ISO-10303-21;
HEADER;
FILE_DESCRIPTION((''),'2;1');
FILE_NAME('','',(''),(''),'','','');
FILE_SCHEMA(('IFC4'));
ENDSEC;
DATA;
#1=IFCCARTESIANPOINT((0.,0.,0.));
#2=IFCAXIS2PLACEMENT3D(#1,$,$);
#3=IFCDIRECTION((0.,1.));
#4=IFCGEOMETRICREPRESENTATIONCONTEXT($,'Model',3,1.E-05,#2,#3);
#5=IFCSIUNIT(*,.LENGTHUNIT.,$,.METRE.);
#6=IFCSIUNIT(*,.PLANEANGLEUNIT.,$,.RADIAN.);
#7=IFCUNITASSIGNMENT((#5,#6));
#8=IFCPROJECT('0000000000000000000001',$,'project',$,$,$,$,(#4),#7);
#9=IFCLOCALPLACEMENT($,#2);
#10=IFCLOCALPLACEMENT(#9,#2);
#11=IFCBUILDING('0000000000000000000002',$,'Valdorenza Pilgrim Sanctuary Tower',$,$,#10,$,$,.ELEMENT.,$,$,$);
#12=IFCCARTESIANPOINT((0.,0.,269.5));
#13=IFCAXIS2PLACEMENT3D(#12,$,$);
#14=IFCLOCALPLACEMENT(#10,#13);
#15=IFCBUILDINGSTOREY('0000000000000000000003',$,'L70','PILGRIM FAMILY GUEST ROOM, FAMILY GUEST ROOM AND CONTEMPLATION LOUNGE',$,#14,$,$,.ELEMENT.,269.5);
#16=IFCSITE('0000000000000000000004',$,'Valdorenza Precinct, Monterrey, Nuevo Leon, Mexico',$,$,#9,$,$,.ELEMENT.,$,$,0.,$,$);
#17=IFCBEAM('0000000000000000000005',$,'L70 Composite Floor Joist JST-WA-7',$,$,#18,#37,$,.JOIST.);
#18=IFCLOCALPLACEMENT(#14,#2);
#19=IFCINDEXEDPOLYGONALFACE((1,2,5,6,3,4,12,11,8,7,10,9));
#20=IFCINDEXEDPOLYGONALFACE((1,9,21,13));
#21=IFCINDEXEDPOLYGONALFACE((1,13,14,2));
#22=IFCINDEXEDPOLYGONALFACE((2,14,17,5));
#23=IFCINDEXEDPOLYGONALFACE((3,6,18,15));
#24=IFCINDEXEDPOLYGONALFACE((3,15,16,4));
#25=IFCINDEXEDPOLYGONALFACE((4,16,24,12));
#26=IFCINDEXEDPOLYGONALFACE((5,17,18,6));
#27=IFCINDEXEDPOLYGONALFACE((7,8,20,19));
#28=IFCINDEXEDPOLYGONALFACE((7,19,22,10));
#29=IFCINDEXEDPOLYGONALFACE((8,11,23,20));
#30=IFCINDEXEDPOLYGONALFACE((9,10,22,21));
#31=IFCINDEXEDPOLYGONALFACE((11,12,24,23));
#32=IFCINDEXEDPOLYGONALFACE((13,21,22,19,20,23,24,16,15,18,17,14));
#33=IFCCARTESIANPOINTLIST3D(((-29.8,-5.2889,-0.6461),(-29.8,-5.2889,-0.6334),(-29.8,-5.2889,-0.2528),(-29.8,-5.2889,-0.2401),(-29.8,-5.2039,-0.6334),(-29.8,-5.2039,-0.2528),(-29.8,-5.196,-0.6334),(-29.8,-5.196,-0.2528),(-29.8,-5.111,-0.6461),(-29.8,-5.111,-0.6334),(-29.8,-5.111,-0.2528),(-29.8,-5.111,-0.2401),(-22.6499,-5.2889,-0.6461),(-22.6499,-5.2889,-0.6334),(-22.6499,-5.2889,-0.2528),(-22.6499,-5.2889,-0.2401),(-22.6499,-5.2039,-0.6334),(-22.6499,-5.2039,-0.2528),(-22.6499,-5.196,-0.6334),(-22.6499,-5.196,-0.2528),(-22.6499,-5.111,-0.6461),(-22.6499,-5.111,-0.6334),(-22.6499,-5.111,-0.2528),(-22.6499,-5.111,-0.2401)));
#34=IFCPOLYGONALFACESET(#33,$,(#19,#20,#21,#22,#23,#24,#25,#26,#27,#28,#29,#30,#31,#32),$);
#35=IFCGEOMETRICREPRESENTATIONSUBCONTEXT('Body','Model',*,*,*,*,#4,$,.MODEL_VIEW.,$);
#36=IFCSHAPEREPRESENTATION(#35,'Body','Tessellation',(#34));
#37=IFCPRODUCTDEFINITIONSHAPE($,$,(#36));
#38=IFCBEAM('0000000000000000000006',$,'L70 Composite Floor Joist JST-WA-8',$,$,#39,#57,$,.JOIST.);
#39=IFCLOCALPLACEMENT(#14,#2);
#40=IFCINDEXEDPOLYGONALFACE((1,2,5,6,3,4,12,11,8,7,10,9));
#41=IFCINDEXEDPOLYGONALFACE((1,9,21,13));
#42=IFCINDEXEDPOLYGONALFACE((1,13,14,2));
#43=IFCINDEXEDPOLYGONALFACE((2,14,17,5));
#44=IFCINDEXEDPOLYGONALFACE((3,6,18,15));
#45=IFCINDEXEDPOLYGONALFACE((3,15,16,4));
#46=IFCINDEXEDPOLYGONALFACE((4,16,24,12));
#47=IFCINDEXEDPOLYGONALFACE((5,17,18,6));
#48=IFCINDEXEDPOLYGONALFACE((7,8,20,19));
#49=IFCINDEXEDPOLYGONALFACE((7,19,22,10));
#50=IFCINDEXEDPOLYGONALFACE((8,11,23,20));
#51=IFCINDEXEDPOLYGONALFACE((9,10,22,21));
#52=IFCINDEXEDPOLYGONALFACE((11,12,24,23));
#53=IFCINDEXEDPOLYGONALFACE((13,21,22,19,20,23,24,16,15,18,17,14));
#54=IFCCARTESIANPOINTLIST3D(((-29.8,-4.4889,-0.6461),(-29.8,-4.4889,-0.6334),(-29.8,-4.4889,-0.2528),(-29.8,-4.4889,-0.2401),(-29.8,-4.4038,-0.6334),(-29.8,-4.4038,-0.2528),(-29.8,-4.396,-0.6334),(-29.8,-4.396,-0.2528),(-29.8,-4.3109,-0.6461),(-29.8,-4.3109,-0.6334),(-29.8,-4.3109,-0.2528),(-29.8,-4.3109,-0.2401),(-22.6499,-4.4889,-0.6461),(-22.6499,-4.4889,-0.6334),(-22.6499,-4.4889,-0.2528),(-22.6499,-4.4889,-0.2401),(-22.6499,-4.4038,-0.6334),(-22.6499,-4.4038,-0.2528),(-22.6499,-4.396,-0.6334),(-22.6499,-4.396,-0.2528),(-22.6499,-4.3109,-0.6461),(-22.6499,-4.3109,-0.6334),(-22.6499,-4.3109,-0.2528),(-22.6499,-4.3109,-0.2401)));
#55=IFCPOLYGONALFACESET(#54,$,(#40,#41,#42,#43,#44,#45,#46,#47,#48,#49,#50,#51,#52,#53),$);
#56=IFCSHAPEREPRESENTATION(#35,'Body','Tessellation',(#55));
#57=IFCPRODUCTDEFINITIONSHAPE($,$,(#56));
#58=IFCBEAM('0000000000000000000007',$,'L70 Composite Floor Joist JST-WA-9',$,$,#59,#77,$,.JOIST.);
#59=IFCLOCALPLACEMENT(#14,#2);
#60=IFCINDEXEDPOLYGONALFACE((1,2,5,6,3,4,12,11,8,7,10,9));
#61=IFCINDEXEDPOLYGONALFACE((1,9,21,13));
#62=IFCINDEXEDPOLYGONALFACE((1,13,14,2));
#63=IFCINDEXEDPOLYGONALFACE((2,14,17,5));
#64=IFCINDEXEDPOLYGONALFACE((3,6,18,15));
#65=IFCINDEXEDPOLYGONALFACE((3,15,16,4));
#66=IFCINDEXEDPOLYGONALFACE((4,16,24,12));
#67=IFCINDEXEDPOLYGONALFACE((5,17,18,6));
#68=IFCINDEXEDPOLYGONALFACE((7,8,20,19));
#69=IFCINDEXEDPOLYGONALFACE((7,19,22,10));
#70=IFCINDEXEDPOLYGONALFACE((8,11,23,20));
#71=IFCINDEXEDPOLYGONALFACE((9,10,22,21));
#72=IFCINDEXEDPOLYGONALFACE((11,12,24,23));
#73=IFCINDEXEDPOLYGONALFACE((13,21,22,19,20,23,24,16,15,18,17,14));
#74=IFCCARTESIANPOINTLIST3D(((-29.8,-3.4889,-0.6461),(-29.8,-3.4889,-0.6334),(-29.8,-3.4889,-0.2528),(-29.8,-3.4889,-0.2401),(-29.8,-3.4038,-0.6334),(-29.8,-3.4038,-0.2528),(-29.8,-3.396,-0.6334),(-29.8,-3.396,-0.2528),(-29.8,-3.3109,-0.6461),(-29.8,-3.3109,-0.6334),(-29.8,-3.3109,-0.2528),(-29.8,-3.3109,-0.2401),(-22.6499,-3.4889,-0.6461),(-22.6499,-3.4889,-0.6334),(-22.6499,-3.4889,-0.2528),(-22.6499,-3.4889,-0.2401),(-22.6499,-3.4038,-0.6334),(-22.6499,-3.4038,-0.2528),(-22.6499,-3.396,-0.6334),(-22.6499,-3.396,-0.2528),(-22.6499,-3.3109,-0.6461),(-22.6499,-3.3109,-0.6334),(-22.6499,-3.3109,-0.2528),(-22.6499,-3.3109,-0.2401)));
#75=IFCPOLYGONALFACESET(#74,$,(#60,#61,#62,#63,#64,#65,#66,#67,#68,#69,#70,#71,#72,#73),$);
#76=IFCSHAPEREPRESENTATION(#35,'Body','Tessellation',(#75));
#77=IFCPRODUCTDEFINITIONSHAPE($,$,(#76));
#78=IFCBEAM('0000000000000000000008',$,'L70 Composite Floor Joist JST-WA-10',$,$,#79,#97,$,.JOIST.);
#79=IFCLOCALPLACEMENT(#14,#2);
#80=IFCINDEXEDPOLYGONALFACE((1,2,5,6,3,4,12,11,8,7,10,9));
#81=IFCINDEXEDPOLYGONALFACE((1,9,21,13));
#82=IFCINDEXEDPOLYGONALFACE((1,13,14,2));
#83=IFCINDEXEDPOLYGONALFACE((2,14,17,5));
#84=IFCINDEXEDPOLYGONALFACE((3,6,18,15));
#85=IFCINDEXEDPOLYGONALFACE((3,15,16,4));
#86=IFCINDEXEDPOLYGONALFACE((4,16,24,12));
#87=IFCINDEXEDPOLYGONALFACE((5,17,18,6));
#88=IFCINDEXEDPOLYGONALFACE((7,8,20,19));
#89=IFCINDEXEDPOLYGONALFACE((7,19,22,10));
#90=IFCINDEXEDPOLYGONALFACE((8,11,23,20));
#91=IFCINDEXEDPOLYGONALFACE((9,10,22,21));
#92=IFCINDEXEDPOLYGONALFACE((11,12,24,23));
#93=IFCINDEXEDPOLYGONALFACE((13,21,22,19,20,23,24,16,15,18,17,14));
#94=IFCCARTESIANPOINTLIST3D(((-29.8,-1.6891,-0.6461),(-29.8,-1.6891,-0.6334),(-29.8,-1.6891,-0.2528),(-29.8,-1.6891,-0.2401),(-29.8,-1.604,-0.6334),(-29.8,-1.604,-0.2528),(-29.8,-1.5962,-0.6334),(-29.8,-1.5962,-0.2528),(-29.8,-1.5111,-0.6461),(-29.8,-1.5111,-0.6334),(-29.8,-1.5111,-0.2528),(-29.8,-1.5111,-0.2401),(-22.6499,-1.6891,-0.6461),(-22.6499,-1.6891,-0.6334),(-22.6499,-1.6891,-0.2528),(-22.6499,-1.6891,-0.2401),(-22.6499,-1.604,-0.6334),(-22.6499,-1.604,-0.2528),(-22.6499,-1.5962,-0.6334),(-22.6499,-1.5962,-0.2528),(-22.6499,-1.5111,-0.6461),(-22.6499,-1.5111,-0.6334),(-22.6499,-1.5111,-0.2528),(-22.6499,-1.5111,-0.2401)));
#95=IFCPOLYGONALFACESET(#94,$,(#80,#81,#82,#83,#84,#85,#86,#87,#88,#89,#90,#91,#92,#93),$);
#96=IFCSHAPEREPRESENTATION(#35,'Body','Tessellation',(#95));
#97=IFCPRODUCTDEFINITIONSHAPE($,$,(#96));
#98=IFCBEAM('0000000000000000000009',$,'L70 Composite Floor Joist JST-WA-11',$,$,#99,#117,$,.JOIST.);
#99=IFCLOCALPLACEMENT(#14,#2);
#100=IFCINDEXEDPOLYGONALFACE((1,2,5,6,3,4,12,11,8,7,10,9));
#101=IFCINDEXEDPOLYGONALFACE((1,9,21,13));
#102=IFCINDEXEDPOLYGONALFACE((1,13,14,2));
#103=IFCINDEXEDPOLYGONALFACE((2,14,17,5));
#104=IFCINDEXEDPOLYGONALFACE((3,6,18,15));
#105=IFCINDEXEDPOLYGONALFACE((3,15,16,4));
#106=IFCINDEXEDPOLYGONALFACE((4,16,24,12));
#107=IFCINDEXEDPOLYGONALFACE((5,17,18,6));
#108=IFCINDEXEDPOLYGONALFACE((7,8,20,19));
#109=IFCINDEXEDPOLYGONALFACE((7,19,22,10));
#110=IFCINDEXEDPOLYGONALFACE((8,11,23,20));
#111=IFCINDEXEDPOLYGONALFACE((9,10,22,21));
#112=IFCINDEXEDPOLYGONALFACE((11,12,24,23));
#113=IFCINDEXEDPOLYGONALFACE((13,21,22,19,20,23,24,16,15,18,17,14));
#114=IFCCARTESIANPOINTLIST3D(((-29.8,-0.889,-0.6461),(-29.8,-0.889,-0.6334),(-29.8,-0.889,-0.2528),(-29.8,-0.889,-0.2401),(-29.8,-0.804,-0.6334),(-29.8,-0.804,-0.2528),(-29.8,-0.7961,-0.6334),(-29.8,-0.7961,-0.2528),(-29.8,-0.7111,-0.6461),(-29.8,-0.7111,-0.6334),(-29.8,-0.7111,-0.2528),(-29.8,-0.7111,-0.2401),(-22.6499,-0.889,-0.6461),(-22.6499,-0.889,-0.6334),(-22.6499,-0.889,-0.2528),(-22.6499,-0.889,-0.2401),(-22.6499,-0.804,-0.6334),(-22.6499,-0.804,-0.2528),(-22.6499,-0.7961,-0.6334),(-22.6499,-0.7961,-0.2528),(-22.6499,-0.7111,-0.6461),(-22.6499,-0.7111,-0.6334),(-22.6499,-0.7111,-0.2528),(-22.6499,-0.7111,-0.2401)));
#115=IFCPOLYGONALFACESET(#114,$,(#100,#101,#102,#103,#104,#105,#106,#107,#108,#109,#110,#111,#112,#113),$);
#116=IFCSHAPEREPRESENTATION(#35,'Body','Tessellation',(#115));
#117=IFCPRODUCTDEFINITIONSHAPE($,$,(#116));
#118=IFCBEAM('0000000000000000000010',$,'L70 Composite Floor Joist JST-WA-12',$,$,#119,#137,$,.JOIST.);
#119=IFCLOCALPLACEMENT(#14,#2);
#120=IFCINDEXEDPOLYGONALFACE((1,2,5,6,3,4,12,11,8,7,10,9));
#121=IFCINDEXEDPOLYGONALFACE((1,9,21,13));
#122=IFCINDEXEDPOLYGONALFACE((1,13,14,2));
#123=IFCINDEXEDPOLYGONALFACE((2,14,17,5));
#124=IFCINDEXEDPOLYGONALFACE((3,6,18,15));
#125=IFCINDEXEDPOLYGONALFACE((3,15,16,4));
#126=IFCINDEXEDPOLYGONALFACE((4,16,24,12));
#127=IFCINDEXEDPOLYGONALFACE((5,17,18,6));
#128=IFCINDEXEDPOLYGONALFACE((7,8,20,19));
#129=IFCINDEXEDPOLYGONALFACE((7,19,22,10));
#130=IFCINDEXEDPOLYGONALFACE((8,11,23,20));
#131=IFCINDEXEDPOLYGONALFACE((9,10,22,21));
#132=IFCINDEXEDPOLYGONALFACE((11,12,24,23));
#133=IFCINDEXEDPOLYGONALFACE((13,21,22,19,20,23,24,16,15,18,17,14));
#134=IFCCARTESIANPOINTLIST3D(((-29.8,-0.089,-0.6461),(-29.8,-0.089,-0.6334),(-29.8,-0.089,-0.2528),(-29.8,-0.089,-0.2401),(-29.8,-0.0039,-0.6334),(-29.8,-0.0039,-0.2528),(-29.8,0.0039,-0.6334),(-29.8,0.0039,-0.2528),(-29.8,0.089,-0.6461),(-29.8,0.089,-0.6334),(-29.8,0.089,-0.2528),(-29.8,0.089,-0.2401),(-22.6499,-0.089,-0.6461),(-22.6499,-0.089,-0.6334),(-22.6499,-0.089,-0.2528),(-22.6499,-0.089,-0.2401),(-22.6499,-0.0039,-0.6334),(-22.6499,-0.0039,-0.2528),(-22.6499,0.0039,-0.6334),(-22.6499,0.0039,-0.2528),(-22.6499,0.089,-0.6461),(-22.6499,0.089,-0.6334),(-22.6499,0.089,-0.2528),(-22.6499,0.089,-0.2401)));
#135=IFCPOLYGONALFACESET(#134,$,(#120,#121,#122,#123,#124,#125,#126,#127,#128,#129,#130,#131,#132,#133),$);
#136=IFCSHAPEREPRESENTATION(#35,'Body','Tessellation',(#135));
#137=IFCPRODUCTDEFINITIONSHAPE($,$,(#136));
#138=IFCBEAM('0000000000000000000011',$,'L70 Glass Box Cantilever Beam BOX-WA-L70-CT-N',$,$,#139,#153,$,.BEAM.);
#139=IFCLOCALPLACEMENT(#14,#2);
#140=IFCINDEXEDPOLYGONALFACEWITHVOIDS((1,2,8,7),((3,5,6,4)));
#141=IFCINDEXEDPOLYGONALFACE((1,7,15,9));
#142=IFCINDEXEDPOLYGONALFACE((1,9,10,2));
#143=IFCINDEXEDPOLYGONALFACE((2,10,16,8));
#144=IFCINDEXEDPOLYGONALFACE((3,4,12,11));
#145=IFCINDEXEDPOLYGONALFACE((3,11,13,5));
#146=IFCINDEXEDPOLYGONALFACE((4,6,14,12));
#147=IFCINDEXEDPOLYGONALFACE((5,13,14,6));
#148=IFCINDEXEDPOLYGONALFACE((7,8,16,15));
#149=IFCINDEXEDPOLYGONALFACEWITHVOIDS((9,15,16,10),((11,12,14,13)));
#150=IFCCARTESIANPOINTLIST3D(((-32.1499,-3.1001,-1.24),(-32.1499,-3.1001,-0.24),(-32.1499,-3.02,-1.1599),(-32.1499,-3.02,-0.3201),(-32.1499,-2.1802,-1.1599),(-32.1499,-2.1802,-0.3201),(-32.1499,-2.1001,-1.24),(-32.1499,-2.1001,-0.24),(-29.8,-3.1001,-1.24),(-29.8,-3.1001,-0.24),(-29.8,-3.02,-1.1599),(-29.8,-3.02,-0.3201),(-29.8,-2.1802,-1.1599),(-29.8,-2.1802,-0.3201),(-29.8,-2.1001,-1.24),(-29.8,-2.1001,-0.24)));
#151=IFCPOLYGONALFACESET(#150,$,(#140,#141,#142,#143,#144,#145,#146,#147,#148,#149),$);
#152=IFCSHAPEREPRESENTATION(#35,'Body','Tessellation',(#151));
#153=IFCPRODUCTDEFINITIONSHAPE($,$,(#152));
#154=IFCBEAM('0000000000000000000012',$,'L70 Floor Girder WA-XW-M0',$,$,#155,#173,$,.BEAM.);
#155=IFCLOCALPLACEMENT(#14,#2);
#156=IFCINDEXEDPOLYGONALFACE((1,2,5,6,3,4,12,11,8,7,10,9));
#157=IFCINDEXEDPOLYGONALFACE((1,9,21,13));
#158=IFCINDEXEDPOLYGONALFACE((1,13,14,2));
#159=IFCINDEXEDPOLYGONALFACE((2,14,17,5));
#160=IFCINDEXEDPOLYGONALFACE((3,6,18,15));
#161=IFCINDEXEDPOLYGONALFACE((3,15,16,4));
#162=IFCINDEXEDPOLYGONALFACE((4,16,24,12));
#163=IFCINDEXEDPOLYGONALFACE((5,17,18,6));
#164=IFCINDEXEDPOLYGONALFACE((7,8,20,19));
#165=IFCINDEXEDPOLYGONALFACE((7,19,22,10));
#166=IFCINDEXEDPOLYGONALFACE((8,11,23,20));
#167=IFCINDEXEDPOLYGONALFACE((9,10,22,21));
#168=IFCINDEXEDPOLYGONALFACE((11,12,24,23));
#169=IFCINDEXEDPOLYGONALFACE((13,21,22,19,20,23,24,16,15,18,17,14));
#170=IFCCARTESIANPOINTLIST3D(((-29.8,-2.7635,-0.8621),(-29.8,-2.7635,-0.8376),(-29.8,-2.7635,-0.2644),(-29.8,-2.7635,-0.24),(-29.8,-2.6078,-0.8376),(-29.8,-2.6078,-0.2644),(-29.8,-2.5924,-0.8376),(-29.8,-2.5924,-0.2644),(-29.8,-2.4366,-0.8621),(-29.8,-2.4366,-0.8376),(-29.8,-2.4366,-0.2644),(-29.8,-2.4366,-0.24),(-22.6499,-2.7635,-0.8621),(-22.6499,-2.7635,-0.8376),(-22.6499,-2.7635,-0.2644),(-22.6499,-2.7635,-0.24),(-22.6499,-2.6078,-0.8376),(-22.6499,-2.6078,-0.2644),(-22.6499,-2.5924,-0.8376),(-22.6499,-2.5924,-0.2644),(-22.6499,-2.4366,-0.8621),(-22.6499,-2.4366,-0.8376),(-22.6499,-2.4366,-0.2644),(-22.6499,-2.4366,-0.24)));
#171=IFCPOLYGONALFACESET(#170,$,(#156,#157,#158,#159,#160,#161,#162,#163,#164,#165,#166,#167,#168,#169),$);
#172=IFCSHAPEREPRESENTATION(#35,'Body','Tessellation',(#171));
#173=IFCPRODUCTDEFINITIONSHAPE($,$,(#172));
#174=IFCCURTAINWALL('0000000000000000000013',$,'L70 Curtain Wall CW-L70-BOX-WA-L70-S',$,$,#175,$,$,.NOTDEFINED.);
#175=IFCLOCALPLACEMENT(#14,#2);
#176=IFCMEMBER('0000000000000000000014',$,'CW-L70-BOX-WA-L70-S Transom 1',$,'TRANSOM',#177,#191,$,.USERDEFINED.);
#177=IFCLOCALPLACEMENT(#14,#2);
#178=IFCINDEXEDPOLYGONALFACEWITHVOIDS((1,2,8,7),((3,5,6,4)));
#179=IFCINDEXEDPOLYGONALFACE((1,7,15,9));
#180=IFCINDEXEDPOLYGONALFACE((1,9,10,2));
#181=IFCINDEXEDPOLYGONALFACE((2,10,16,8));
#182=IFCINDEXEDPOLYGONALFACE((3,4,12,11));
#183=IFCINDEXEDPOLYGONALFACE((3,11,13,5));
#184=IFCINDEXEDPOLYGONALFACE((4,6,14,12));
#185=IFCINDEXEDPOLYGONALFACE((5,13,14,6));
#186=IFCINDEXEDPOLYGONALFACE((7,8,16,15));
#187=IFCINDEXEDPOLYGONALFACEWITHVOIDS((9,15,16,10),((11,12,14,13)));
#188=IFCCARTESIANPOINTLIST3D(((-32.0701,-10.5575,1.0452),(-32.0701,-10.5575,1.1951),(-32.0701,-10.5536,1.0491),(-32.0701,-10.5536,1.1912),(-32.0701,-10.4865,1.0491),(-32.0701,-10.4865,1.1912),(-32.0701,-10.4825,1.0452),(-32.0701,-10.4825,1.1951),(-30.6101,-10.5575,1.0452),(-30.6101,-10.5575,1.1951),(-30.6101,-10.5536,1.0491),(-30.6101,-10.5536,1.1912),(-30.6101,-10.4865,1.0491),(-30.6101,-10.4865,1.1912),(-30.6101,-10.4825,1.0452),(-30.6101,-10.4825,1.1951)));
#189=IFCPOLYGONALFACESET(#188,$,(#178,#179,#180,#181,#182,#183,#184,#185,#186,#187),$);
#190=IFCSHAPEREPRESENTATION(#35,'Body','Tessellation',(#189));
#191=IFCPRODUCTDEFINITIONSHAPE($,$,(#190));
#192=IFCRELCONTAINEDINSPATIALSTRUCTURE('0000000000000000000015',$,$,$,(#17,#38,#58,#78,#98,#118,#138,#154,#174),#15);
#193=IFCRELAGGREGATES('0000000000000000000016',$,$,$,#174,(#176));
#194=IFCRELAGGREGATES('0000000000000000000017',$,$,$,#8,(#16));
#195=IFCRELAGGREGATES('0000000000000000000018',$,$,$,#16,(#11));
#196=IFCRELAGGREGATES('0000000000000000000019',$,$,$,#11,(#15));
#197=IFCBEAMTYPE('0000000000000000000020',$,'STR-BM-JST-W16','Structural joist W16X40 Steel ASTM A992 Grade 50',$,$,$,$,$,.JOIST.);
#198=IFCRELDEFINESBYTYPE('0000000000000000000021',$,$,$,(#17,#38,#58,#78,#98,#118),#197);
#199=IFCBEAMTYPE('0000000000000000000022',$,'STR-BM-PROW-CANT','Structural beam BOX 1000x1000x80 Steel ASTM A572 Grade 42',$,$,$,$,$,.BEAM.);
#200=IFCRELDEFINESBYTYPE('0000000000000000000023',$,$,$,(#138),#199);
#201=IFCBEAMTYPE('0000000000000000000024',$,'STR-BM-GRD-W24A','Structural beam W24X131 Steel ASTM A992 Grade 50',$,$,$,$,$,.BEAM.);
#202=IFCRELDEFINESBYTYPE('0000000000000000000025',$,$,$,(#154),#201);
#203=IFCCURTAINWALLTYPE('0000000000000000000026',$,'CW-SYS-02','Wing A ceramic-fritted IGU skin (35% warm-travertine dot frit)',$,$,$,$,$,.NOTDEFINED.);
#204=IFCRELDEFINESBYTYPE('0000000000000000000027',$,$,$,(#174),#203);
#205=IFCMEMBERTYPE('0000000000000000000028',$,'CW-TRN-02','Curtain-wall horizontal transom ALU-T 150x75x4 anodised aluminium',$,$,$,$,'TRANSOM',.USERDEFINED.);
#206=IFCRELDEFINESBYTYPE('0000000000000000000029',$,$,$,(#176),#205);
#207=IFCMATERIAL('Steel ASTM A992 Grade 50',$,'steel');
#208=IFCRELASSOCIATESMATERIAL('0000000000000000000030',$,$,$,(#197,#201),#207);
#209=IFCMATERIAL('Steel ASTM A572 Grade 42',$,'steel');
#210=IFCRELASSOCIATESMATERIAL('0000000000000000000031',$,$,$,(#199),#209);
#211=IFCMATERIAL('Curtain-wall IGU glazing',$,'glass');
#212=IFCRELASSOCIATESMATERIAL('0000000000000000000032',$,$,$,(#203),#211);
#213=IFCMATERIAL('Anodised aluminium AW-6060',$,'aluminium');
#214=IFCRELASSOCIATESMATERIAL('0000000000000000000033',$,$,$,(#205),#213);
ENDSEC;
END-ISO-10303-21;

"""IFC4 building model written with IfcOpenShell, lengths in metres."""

from ifc_helpers import new_model, si_unit, direction, frame, origin, origin_2d, place, context, subcontext, project, spatial, hollow_rectangle, i_section, extrude, source, transform, mapped, material, material_profile, profile_set, type_object, element, aggregate, save


model = new_model("IFC4")

# Units and contexts
model_context = context("Model", 3, precision=1e-05, world=origin(), true_north=direction((0.0, 1.0)))
body_context = subcontext(model_context, "Body", "Model", "MODEL_VIEW")
ifc_project = project(units=[si_unit("LENGTHUNIT", "METRE"), si_unit("PLANEANGLEUNIT", "RADIAN")], contexts=[model_context])

# Site, building, storey
site_placement = place(None, origin())
site = spatial("IfcSite", under=ifc_project, at=site_placement, Name="Valdorenza Precinct, Monterrey, Nuevo Leon, Mexico", CompositionType="ELEMENT", RefElevation=0.0)
building_placement = place(site_placement, origin())
building = spatial("IfcBuilding", under=site, at=building_placement, Name="Valdorenza Pilgrim Sanctuary Tower", CompositionType="ELEMENT")
storey_placement = place(building_placement, frame((0.0, 0.0, 269.5)))
storey = spatial("IfcBuildingStorey", under=building, at=storey_placement, Name="L70", Description="PILGRIM FAMILY GUEST ROOM, FAMILY GUEST ROOM AND CONTEMPLATION LOUNGE", CompositionType="ELEMENT", Elevation=269.5)

# Beams
ifc_material_1 = material(Name="Steel ASTM A992 Grade 50", Category="steel")
ifc_material_profile_1 = material_profile(ifc_material_1, i_section(OverallWidth=0.178, OverallDepth=0.406, WebThickness=0.0078, FlangeThickness=0.0127, at=origin_2d()), Name="W16X40")
ifc_profile_set_1 = profile_set([ifc_material_profile_1], Name="Steel ASTM A992 Grade 50")
beam_type_1 = type_object("IfcBeamType", Name="STR-BM-JST-W16", Description="Structural joist W16X40 Steel ASTM A992 Grade 50", PredefinedType="JOIST", material=ifc_profile_set_1)
shared_shape_1 = source(origin(), body_context, "Body", "SweptSolid", [
    extrude(i_section(OverallWidth=0.178, OverallDepth=0.406, WebThickness=0.0078, FlangeThickness=0.0127, at=origin_2d()), origin(), (0.0, 0.0, 1.0), 7.1501),
])
for number, where, z_axis, x_axis, name in (
    (1, (-29.8, -5.2, -0.4431), (1.0, 0.0, 0.0), (0.0, 1.0, 0.0), "L70 Composite Floor Joist JST-WA-7"),
    (2, (-29.8, -4.3999, -0.4431), (1.0, 0.0, 0.0), (0.0, 1.0, 0.0), "L70 Composite Floor Joist JST-WA-8"),
    (3, (-29.8, -3.3999, -0.4431), (1.0, 0.0, 0.0), (0.0, 1.0, 0.0), "L70 Composite Floor Joist JST-WA-9"),
    (4, (-29.8, -1.6001, -0.4431), (1.0, 0.0, 0.0), (0.0, 1.0, 0.0), "L70 Composite Floor Joist JST-WA-10"),
    (5, (-29.8, -0.8, -0.4431), (1.0, 0.0, 0.0), (0.0, 1.0, 0.0), "L70 Composite Floor Joist JST-WA-11"),
    (6, (-29.8, 0.0, -0.4431), (1.0, 0.0, 0.0), (0.0, 1.0, 0.0), "L70 Composite Floor Joist JST-WA-12"),
):
    element("IfcBeam", number, at=place(storey_placement, frame(where, z_axis=z_axis, x_axis=x_axis)), inside=storey, type_object=beam_type_1, Name=name, PredefinedType="JOIST", context=body_context, shape_type="MappedRepresentation", body=[
        mapped(shared_shape_1, transform((0.0, 0.0, 0.0), x_axis=(1.0, 0.0, 0.0), y_axis=(0.0, 1.0, 0.0), z_axis=(0.0, 0.0, 1.0), scale=1.0)),
    ])
ifc_material_2 = material(Name="Steel ASTM A572 Grade 42", Category="steel")
ifc_material_profile_2 = material_profile(ifc_material_2, hollow_rectangle(XDim=1.0, YDim=1.0, WallThickness=0.0801, at=origin_2d()), Name="BOX 1000x1000x80")
ifc_profile_set_2 = profile_set([ifc_material_profile_2], Name="Steel ASTM A572 Grade 42")
beam_type_2 = type_object("IfcBeamType", Name="STR-BM-PROW-CANT", Description="Structural beam BOX 1000x1000x80 Steel ASTM A572 Grade 42", PredefinedType="BEAM", material=ifc_profile_set_2)
shared_shape_2 = source(origin(), body_context, "Body", "SweptSolid", [
    extrude(hollow_rectangle(XDim=1.0, YDim=1.0, WallThickness=0.0801, at=origin_2d()), origin(), (0.0, 0.0, 1.0), 2.3499),
])
beam_1_placement = place(storey_placement, frame((-29.8, -2.6001, -0.74), z_axis=(-1.0, 0.0, 0.0), x_axis=(0.0, -1.0, 0.0)))
element("IfcBeam", 7, at=beam_1_placement, inside=storey, type_object=beam_type_2, Name="L70 Glass Box Cantilever Beam BOX-WA-L70-CT-N", PredefinedType="BEAM", context=body_context, shape_type="MappedRepresentation", body=[
    mapped(shared_shape_2, transform((0.0, 0.0, 0.0), x_axis=(1.0, 0.0, 0.0), y_axis=(0.0, 1.0, 0.0), z_axis=(0.0, 0.0, 1.0), scale=1.0)),
])
ifc_material_profile_3 = material_profile(ifc_material_1, i_section(OverallWidth=0.3269, OverallDepth=0.6221, WebThickness=0.0154, FlangeThickness=0.0244, at=origin_2d()), Name="W24X131")
ifc_profile_set_3 = profile_set([ifc_material_profile_3], Name="Steel ASTM A992 Grade 50")
beam_type_3 = type_object("IfcBeamType", Name="STR-BM-GRD-W24A", Description="Structural beam W24X131 Steel ASTM A992 Grade 50", PredefinedType="BEAM", material=ifc_profile_set_3)
shared_shape_3 = source(origin(), body_context, "Body", "SweptSolid", [
    extrude(i_section(OverallWidth=0.3269, OverallDepth=0.6221, WebThickness=0.0154, FlangeThickness=0.0244, at=origin_2d()), origin(), (0.0, 0.0, 1.0), 7.1501),
])
beam_2_placement = place(storey_placement, frame((-29.8, -2.6001, -0.551), z_axis=(1.0, 0.0, 0.0), x_axis=(0.0, 1.0, 0.0)))
element("IfcBeam", 8, at=beam_2_placement, inside=storey, type_object=beam_type_3, Name="L70 Floor Girder WA-XW-M0", PredefinedType="BEAM", context=body_context, shape_type="MappedRepresentation", body=[
    mapped(shared_shape_3, transform((0.0, 0.0, 0.0), x_axis=(1.0, 0.0, 0.0), y_axis=(0.0, 1.0, 0.0), z_axis=(0.0, 0.0, 1.0), scale=1.0)),
])

# Curtain wall, member
ifc_material_3 = material(Name="Curtain-wall IGU glazing", Category="glass")
curtain_wall_type = type_object("IfcCurtainWallType", Name="CW-SYS-02", Description="Wing A ceramic-fritted IGU skin (35% warm-travertine dot frit)", PredefinedType="NOTDEFINED", material=ifc_material_3)
curtain_wall_1_placement = place(storey_placement, origin())
curtain_wall_1 = element("IfcCurtainWall", 9, at=curtain_wall_1_placement, inside=storey, type_object=curtain_wall_type, Name="L70 Curtain Wall CW-L70-BOX-WA-L70-S", PredefinedType="NOTDEFINED")
ifc_material_4 = material(Name="Anodised aluminium AW-6060", Category="aluminium")
ifc_material_profile_4 = material_profile(ifc_material_4, hollow_rectangle(XDim=0.075, YDim=0.1499, WallThickness=0.0039, at=origin_2d()), Name="ALU-T 150x75x4")
ifc_profile_set_4 = profile_set([ifc_material_profile_4], Name="Anodised aluminium AW-6060")
member_type_1 = type_object("IfcMemberType", Name="CW-TRN-02", Description="Curtain-wall horizontal transom ALU-T 150x75x4 anodised aluminium", ElementType="TRANSOM", PredefinedType="USERDEFINED", material=ifc_profile_set_4)
shared_shape_4 = source(origin(), body_context, "Body", "SweptSolid", [
    extrude(hollow_rectangle(XDim=0.075, YDim=0.1499, WallThickness=0.0039, at=origin_2d()), origin(), (0.0, 0.0, 1.0), 1.46),
])
member_1_placement = place(storey_placement, frame((-30.6101, -10.52, 1.1201), z_axis=(-1.0, 0.0, 0.0), x_axis=(0.0, -1.0, 0.0)))
member_1 = element("IfcMember", 10, at=member_1_placement, type_object=member_type_1, Name="CW-L70-BOX-WA-L70-S Transom 1", ObjectType="TRANSOM", PredefinedType="USERDEFINED", context=body_context, shape_type="MappedRepresentation", body=[
    mapped(shared_shape_4, transform((0.0, 0.0, 0.0), x_axis=(1.0, 0.0, 0.0), y_axis=(0.0, 1.0, 0.0), z_axis=(0.0, 0.0, 1.0), scale=1.0)),
])

aggregate(curtain_wall_1, [member_1])

save(model, "model.ifc")
